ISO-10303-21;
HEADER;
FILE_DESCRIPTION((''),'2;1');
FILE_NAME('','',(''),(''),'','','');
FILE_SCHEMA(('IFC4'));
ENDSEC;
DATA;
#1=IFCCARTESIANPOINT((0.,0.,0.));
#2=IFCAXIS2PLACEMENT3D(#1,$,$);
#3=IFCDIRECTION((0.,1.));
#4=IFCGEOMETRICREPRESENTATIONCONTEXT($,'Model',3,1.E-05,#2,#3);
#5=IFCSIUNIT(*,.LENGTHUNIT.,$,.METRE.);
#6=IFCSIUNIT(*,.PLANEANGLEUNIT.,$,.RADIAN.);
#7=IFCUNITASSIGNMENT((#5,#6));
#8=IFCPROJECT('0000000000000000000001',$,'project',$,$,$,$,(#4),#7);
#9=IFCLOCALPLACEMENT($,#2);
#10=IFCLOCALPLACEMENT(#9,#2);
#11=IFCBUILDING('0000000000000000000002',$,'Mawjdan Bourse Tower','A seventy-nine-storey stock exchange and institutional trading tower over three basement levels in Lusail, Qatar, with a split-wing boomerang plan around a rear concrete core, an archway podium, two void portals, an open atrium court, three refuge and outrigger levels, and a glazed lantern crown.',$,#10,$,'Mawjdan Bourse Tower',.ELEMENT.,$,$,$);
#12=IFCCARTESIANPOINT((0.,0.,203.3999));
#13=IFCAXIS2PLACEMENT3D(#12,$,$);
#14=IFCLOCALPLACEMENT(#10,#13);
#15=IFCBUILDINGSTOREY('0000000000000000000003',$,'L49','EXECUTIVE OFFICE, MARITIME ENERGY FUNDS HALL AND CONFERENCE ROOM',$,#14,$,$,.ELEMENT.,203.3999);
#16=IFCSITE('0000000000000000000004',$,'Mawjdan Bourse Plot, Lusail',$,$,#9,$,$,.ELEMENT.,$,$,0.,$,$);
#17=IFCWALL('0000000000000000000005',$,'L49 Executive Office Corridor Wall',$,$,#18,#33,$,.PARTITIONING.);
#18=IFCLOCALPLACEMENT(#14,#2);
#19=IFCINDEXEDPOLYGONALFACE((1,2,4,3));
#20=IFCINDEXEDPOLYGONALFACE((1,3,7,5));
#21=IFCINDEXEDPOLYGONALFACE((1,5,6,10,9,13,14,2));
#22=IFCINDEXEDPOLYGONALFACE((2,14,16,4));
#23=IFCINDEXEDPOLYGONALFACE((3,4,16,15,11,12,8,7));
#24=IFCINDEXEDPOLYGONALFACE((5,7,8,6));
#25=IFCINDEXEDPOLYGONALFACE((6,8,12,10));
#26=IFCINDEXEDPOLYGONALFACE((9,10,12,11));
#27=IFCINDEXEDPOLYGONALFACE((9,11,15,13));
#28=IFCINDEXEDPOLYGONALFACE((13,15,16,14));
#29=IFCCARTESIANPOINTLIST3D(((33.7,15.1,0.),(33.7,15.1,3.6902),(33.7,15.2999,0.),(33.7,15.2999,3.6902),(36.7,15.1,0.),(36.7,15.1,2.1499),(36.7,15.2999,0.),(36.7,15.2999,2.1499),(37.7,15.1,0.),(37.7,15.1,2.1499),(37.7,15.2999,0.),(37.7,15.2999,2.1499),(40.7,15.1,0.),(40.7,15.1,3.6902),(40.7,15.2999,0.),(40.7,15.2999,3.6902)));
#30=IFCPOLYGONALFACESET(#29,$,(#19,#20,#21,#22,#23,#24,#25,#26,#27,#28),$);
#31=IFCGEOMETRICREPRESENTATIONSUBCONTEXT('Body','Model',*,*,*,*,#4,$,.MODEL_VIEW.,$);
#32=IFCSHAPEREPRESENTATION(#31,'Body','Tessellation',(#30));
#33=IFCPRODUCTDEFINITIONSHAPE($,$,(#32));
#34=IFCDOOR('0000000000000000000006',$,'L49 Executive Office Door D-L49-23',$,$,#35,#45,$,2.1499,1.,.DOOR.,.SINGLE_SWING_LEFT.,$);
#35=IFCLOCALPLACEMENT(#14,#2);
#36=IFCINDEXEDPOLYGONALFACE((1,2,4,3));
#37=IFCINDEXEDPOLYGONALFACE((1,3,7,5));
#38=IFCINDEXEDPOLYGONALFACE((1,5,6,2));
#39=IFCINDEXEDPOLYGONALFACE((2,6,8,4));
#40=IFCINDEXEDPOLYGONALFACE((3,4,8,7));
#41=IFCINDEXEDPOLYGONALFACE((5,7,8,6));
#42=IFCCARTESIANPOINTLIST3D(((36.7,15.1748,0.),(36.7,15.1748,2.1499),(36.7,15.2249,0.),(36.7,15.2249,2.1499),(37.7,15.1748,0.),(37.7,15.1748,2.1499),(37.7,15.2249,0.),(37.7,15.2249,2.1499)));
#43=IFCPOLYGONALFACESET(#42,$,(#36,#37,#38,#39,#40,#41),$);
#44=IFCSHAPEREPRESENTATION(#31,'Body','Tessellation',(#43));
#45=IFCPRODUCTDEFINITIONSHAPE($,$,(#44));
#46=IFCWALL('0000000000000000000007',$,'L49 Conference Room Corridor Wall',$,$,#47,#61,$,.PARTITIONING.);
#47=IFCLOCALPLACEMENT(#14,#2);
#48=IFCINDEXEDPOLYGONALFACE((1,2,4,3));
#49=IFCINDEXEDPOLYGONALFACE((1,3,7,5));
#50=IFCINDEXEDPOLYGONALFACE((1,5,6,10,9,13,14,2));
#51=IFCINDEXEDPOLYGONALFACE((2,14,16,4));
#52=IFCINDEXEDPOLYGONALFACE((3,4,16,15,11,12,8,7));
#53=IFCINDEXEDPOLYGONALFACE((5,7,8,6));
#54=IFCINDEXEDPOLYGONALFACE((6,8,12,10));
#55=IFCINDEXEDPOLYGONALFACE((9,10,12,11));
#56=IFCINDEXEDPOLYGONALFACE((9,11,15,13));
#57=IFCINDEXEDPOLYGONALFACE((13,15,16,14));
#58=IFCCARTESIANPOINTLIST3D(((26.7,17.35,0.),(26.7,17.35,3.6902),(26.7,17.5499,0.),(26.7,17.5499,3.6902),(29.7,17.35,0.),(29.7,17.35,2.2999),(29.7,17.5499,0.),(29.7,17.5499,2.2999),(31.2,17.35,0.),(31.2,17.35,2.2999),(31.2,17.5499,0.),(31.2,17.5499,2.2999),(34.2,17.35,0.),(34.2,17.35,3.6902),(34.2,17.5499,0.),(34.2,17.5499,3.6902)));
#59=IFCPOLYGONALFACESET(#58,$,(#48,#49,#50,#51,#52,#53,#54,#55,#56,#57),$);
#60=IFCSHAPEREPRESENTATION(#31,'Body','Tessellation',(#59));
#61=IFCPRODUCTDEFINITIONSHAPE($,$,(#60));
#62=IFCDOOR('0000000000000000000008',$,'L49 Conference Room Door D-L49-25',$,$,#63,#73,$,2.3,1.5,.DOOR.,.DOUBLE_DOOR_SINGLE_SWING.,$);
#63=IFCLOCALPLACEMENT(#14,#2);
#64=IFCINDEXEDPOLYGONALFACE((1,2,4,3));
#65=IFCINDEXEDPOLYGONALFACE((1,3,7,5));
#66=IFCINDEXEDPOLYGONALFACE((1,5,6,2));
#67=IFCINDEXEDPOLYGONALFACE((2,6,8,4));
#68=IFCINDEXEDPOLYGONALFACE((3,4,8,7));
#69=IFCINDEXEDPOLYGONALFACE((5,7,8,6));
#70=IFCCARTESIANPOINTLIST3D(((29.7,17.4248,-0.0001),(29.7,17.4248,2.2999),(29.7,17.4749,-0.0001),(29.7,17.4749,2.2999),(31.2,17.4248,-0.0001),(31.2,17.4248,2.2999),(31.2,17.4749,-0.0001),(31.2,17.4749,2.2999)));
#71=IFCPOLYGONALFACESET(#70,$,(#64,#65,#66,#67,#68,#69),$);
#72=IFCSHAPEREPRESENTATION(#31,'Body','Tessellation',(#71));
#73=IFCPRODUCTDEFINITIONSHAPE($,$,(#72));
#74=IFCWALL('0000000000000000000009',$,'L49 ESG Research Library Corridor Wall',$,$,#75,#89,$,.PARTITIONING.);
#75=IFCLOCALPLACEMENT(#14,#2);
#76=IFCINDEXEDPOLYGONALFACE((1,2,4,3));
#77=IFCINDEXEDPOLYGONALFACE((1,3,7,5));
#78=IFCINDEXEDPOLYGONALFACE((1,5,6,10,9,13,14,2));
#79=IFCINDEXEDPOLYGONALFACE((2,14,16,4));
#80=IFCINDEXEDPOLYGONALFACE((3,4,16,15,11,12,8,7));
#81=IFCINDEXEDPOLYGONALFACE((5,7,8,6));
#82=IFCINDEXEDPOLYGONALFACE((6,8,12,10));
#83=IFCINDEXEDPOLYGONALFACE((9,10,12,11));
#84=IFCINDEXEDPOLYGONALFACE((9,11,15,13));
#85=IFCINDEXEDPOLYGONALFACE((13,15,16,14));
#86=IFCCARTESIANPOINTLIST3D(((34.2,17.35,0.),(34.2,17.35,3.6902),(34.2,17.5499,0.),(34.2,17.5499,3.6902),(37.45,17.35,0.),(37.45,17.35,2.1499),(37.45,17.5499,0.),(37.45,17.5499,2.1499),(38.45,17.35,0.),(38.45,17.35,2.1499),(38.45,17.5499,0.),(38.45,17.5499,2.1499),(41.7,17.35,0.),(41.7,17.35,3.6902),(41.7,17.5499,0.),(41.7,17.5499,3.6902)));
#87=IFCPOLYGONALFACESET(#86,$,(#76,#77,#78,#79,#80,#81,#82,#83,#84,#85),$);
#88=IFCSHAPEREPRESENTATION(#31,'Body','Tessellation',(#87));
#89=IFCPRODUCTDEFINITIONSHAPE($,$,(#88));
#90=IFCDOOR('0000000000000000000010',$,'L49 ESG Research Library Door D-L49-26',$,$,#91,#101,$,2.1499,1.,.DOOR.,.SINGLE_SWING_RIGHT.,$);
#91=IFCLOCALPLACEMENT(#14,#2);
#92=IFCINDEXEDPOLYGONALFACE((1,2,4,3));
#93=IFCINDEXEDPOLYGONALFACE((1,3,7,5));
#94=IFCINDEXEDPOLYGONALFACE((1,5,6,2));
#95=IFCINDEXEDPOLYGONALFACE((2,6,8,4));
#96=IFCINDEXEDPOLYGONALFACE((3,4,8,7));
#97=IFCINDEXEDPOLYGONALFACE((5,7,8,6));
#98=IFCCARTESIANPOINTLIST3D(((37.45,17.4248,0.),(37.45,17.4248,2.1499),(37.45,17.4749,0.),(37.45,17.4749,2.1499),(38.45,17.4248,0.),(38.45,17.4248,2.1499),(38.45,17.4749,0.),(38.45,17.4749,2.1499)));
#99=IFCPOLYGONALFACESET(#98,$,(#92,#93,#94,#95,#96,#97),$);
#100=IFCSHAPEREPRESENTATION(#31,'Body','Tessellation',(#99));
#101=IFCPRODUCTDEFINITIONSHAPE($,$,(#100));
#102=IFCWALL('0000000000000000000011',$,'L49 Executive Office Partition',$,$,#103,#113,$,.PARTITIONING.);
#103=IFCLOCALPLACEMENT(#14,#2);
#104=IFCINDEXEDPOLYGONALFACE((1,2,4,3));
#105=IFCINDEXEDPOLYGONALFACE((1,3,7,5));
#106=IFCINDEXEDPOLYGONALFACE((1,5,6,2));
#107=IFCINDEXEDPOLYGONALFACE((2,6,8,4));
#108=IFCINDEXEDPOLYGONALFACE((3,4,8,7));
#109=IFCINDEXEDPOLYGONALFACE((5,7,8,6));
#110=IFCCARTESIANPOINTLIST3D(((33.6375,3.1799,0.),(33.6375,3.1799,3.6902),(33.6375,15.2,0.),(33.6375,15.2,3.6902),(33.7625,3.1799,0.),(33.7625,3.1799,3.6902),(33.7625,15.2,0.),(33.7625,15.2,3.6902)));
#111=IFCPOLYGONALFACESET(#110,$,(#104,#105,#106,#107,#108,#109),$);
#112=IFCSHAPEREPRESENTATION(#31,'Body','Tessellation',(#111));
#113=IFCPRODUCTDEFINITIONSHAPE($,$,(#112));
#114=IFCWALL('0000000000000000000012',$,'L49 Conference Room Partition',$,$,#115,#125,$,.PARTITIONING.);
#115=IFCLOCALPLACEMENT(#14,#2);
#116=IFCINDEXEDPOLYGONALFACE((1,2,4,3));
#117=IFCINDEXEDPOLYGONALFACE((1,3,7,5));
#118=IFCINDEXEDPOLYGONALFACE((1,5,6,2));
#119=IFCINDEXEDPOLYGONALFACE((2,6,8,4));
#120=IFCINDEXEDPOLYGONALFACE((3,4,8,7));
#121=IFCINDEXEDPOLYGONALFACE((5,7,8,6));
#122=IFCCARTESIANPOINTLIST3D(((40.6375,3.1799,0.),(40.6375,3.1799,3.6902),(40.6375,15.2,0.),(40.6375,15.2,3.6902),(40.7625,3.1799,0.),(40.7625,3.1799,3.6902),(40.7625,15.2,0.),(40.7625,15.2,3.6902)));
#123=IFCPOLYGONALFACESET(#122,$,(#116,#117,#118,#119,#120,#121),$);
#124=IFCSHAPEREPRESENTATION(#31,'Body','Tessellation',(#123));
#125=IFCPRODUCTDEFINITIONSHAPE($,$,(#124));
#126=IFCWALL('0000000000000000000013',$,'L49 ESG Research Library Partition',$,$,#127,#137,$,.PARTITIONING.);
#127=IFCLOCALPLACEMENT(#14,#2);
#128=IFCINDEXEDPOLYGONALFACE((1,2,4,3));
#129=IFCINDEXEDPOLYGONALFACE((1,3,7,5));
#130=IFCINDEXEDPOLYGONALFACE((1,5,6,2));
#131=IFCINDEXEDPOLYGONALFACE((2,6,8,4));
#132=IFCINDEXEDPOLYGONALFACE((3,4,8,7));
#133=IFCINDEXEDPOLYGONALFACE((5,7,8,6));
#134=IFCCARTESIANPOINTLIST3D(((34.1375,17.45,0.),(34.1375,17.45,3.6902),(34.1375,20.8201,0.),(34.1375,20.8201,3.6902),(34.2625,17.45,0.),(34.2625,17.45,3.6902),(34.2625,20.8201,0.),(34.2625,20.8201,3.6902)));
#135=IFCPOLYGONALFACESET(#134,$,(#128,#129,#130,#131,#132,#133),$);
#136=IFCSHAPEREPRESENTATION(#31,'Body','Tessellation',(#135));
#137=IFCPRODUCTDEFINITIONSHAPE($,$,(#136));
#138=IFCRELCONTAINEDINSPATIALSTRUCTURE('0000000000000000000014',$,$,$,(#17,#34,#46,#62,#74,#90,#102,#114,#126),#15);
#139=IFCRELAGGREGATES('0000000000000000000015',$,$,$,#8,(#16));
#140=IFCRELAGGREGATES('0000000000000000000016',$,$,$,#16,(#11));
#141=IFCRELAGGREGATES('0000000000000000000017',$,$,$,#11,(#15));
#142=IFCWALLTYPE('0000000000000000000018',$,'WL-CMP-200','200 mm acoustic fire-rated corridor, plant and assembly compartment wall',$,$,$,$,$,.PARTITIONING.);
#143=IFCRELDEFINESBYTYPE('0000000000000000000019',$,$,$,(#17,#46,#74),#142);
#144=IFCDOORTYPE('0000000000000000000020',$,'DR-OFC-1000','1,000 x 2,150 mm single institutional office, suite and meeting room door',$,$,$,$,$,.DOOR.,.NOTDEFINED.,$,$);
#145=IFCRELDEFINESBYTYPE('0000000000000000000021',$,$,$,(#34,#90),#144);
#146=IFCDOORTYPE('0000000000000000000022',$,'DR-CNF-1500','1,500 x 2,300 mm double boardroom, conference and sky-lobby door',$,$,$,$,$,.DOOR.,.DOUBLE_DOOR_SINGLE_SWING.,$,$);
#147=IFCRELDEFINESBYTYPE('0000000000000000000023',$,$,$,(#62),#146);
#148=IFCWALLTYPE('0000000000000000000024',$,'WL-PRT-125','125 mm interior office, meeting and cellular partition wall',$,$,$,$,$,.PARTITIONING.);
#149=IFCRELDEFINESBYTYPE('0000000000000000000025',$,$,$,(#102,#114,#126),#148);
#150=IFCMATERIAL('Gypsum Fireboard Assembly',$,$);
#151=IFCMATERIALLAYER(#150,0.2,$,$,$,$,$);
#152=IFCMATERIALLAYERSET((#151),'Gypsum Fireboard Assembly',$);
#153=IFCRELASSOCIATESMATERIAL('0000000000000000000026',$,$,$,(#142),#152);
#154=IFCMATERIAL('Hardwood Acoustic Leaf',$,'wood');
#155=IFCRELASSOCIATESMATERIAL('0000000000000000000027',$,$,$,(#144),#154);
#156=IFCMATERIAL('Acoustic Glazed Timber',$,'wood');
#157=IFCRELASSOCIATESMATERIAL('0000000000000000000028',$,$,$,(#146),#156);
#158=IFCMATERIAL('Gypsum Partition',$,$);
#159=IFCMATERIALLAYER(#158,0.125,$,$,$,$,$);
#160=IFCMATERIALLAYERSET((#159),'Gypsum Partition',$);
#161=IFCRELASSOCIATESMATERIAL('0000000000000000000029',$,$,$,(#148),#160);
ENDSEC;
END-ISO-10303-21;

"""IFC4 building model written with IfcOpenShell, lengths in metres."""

from ifc_helpers import new_model, si_unit, direction, frame, frame_2d, origin, place, context, subcontext, project, spatial, rectangle, extrude, material, layer, layer_set, type_object, element, fill, save


model = new_model("IFC4")

# Units and contexts
model_context = context("Model", 3, precision=1e-05, world=origin(), true_north=direction((0.0, 1.0)))
body_context = subcontext(model_context, "Body", "Model", "MODEL_VIEW")
ifc_project = project(units=[si_unit("LENGTHUNIT", "METRE"), si_unit("PLANEANGLEUNIT", "RADIAN")], contexts=[model_context])

# Site, building, storey
site_placement = place(None, origin())
site = spatial("IfcSite", under=ifc_project, at=site_placement, Name="Mawjdan Bourse Plot, Lusail", CompositionType="ELEMENT", RefElevation=0.0)
building_placement = place(site_placement, origin())
building = spatial("IfcBuilding", under=site, at=building_placement, Name="Mawjdan Bourse Tower", Description="A seventy-nine-storey stock exchange and institutional trading tower over three basement levels in Lusail, Qatar, with a split-wing boomerang plan around a rear concrete core, an archway podium, two void portals, an open atrium court, three refuge and outrigger levels, and a glazed lantern crown.", LongName="Mawjdan Bourse Tower", CompositionType="ELEMENT")
storey_placement = place(building_placement, frame((0.0, 0.0, 203.3999)))
storey = spatial("IfcBuildingStorey", under=building, at=storey_placement, Name="L49", Description="EXECUTIVE OFFICE, MARITIME ENERGY FUNDS HALL AND CONFERENCE ROOM", CompositionType="ELEMENT", Elevation=203.3999)

# Shared definitions
ifc_material_1 = material(Name="Gypsum Fireboard Assembly")
ifc_layer_1 = layer(ifc_material_1, 0.2)
ifc_layer_set_1 = layer_set([ifc_layer_1], Name="Gypsum Fireboard Assembly")
wall_type_1 = type_object("IfcWallType", Name="WL-CMP-200", Description="200 mm acoustic fire-rated corridor, plant and assembly compartment wall", PredefinedType="PARTITIONING", material=ifc_layer_set_1)

# Walls, openings, doors
wall_1_placement = place(storey_placement, frame((33.7, 15.2, 0.0), z_axis=(0.0, 0.0, 1.0), x_axis=(1.0, 0.0, 0.0)))
wall_1 = element("IfcWall", 1, at=wall_1_placement, inside=storey, type_object=wall_type_1, Name="L49 Executive Office Corridor Wall", PredefinedType="PARTITIONING", context=body_context, shape_type="SweptSolid", body=[
    extrude(rectangle(XDim=7.0, YDim=0.2, at=frame_2d((3.5, 0.0))), origin(), (0.0, 0.0, 1.0), 3.6902),
])
opening_1_placement = place(wall_1_placement, frame((3.0, 0.0, 0.0)))
opening_1 = element("IfcOpeningElement", 2, at=opening_1_placement, cuts=wall_1, PredefinedType="OPENING", context=body_context, shape_type="SweptSolid", body=[
    extrude(rectangle(XDim=1.0, YDim=2.1499, at=frame_2d((0.5, 1.075))), frame((0.0, 0.1099, 0.0), z_axis=(0.0, -1.0, 0.0), x_axis=(1.0, 0.0, 0.0)), (0.0, 0.0, 1.0), 0.22),
])
ifc_material_2 = material(Name="Hardwood Acoustic Leaf", Category="wood")
door_type_1 = type_object("IfcDoorType", Name="DR-OFC-1000", Description="1,000 x 2,150 mm single institutional office, suite and meeting room door", OperationType="NOTDEFINED", PredefinedType="DOOR", material=ifc_material_2)
door_1_placement = place(opening_1_placement, origin())
door_1 = element("IfcDoor", 3, at=door_1_placement, inside=storey, type_object=door_type_1, Name="L49 Executive Office Door D-L49-23", OperationType="SINGLE_SWING_LEFT", OverallHeight=2.1499, OverallWidth=1.0, PredefinedType="DOOR", context=body_context, shape_type="SweptSolid", body=[
    extrude(rectangle(XDim=1.0, YDim=2.1499, at=frame_2d((0.5, 1.075))), frame((0.0, 0.0249, 0.0), z_axis=(0.0, -1.0, 0.0), x_axis=(1.0, 0.0, 0.0)), (0.0, 0.0, 1.0), 0.05),
])
fill(opening_1, door_1)
wall_2_placement = place(storey_placement, frame((26.7, 17.45, 0.0), z_axis=(0.0, 0.0, 1.0), x_axis=(1.0, 0.0, 0.0)))
wall_2 = element("IfcWall", 4, at=wall_2_placement, inside=storey, type_object=wall_type_1, Name="L49 Conference Room Corridor Wall", PredefinedType="PARTITIONING", context=body_context, shape_type="SweptSolid", body=[
    extrude(rectangle(XDim=7.5, YDim=0.2, at=frame_2d((3.75, 0.0))), origin(), (0.0, 0.0, 1.0), 3.6902),
])
opening_2_placement = place(wall_2_placement, frame((3.0, 0.0, 0.0)))
opening_2 = element("IfcOpeningElement", 5, at=opening_2_placement, cuts=wall_2, PredefinedType="OPENING", context=body_context, shape_type="SweptSolid", body=[
    extrude(rectangle(XDim=1.5, YDim=2.3, at=frame_2d((0.75, 1.1499))), frame((0.0, 0.1099, 0.0), z_axis=(0.0, -1.0, 0.0), x_axis=(1.0, 0.0, 0.0)), (0.0, 0.0, 1.0), 0.22),
])
ifc_material_3 = material(Name="Acoustic Glazed Timber", Category="wood")
door_type_2 = type_object("IfcDoorType", Name="DR-CNF-1500", Description="1,500 x 2,300 mm double boardroom, conference and sky-lobby door", OperationType="DOUBLE_DOOR_SINGLE_SWING", PredefinedType="DOOR", material=ifc_material_3)
door_2_placement = place(opening_2_placement, origin())
door_2 = element("IfcDoor", 6, at=door_2_placement, inside=storey, type_object=door_type_2, Name="L49 Conference Room Door D-L49-25", OperationType="DOUBLE_DOOR_SINGLE_SWING", OverallHeight=2.3, OverallWidth=1.5, PredefinedType="DOOR", context=body_context, shape_type="SweptSolid", body=[
    extrude(rectangle(XDim=1.5, YDim=2.3, at=frame_2d((0.75, 1.1499))), frame((0.0, 0.0249, 0.0), z_axis=(0.0, -1.0, 0.0), x_axis=(1.0, 0.0, 0.0)), (0.0, 0.0, 1.0), 0.05),
])
fill(opening_2, door_2)
wall_3_placement = place(storey_placement, frame((34.2, 17.45, 0.0), z_axis=(0.0, 0.0, 1.0), x_axis=(1.0, 0.0, 0.0)))
wall_3 = element("IfcWall", 7, at=wall_3_placement, inside=storey, type_object=wall_type_1, Name="L49 ESG Research Library Corridor Wall", PredefinedType="PARTITIONING", context=body_context, shape_type="SweptSolid", body=[
    extrude(rectangle(XDim=7.5, YDim=0.2, at=frame_2d((3.75, 0.0))), origin(), (0.0, 0.0, 1.0), 3.6902),
])
opening_3_placement = place(wall_3_placement, frame((3.25, 0.0, 0.0)))
opening_3 = element("IfcOpeningElement", 8, at=opening_3_placement, cuts=wall_3, PredefinedType="OPENING", context=body_context, shape_type="SweptSolid", body=[
    extrude(rectangle(XDim=1.0, YDim=2.1499, at=frame_2d((0.5, 1.075))), frame((0.0, 0.1099, 0.0), z_axis=(0.0, -1.0, 0.0), x_axis=(1.0, 0.0, 0.0)), (0.0, 0.0, 1.0), 0.22),
])
door_3_placement = place(opening_3_placement, origin())
door_3 = element("IfcDoor", 9, at=door_3_placement, inside=storey, type_object=door_type_1, Name="L49 ESG Research Library Door D-L49-26", OperationType="SINGLE_SWING_RIGHT", OverallHeight=2.1499, OverallWidth=1.0, PredefinedType="DOOR", context=body_context, shape_type="SweptSolid", body=[
    extrude(rectangle(XDim=1.0, YDim=2.1499, at=frame_2d((0.5, 1.075))), frame((0.0, 0.0249, 0.0), z_axis=(0.0, -1.0, 0.0), x_axis=(1.0, 0.0, 0.0)), (0.0, 0.0, 1.0), 0.05),
])
fill(opening_3, door_3)

# Walls
ifc_material_4 = material(Name="Gypsum Partition")
ifc_layer_2 = layer(ifc_material_4, 0.125)
ifc_layer_set_2 = layer_set([ifc_layer_2], Name="Gypsum Partition")
wall_type_2 = type_object("IfcWallType", Name="WL-PRT-125", Description="125 mm interior office, meeting and cellular partition wall", PredefinedType="PARTITIONING", material=ifc_layer_set_2)
for number, where, z_axis, x_axis, name in (
    (10, (33.7, 3.1799, 0.0), (0.0, 0.0, 1.0), (0.0, 1.0, 0.0), "L49 Executive Office Partition"),
    (11, (40.7, 3.1799, 0.0), (0.0, 0.0, 1.0), (0.0, 1.0, 0.0), "L49 Conference Room Partition"),
):
    element("IfcWall", number, at=place(storey_placement, frame(where, z_axis=z_axis, x_axis=x_axis)), inside=storey, type_object=wall_type_2, Name=name, PredefinedType="PARTITIONING", context=body_context, shape_type="SweptSolid", body=[
        extrude(rectangle(XDim=12.02, YDim=0.125, at=frame_2d((6.01, 0.0))), origin(), (0.0, 0.0, 1.0), 3.6902),
    ])
wall_4_placement = place(storey_placement, frame((34.2, 17.45, 0.0), z_axis=(0.0, 0.0, 1.0), x_axis=(0.0, 1.0, 0.0)))
element("IfcWall", 12, at=wall_4_placement, inside=storey, type_object=wall_type_2, Name="L49 ESG Research Library Partition", PredefinedType="PARTITIONING", context=body_context, shape_type="SweptSolid", body=[
    extrude(rectangle(XDim=3.3701, YDim=0.125, at=frame_2d((1.6851, 0.0))), origin(), (0.0, 0.0, 1.0), 3.6902),
])

save(model, "model.ifc")
